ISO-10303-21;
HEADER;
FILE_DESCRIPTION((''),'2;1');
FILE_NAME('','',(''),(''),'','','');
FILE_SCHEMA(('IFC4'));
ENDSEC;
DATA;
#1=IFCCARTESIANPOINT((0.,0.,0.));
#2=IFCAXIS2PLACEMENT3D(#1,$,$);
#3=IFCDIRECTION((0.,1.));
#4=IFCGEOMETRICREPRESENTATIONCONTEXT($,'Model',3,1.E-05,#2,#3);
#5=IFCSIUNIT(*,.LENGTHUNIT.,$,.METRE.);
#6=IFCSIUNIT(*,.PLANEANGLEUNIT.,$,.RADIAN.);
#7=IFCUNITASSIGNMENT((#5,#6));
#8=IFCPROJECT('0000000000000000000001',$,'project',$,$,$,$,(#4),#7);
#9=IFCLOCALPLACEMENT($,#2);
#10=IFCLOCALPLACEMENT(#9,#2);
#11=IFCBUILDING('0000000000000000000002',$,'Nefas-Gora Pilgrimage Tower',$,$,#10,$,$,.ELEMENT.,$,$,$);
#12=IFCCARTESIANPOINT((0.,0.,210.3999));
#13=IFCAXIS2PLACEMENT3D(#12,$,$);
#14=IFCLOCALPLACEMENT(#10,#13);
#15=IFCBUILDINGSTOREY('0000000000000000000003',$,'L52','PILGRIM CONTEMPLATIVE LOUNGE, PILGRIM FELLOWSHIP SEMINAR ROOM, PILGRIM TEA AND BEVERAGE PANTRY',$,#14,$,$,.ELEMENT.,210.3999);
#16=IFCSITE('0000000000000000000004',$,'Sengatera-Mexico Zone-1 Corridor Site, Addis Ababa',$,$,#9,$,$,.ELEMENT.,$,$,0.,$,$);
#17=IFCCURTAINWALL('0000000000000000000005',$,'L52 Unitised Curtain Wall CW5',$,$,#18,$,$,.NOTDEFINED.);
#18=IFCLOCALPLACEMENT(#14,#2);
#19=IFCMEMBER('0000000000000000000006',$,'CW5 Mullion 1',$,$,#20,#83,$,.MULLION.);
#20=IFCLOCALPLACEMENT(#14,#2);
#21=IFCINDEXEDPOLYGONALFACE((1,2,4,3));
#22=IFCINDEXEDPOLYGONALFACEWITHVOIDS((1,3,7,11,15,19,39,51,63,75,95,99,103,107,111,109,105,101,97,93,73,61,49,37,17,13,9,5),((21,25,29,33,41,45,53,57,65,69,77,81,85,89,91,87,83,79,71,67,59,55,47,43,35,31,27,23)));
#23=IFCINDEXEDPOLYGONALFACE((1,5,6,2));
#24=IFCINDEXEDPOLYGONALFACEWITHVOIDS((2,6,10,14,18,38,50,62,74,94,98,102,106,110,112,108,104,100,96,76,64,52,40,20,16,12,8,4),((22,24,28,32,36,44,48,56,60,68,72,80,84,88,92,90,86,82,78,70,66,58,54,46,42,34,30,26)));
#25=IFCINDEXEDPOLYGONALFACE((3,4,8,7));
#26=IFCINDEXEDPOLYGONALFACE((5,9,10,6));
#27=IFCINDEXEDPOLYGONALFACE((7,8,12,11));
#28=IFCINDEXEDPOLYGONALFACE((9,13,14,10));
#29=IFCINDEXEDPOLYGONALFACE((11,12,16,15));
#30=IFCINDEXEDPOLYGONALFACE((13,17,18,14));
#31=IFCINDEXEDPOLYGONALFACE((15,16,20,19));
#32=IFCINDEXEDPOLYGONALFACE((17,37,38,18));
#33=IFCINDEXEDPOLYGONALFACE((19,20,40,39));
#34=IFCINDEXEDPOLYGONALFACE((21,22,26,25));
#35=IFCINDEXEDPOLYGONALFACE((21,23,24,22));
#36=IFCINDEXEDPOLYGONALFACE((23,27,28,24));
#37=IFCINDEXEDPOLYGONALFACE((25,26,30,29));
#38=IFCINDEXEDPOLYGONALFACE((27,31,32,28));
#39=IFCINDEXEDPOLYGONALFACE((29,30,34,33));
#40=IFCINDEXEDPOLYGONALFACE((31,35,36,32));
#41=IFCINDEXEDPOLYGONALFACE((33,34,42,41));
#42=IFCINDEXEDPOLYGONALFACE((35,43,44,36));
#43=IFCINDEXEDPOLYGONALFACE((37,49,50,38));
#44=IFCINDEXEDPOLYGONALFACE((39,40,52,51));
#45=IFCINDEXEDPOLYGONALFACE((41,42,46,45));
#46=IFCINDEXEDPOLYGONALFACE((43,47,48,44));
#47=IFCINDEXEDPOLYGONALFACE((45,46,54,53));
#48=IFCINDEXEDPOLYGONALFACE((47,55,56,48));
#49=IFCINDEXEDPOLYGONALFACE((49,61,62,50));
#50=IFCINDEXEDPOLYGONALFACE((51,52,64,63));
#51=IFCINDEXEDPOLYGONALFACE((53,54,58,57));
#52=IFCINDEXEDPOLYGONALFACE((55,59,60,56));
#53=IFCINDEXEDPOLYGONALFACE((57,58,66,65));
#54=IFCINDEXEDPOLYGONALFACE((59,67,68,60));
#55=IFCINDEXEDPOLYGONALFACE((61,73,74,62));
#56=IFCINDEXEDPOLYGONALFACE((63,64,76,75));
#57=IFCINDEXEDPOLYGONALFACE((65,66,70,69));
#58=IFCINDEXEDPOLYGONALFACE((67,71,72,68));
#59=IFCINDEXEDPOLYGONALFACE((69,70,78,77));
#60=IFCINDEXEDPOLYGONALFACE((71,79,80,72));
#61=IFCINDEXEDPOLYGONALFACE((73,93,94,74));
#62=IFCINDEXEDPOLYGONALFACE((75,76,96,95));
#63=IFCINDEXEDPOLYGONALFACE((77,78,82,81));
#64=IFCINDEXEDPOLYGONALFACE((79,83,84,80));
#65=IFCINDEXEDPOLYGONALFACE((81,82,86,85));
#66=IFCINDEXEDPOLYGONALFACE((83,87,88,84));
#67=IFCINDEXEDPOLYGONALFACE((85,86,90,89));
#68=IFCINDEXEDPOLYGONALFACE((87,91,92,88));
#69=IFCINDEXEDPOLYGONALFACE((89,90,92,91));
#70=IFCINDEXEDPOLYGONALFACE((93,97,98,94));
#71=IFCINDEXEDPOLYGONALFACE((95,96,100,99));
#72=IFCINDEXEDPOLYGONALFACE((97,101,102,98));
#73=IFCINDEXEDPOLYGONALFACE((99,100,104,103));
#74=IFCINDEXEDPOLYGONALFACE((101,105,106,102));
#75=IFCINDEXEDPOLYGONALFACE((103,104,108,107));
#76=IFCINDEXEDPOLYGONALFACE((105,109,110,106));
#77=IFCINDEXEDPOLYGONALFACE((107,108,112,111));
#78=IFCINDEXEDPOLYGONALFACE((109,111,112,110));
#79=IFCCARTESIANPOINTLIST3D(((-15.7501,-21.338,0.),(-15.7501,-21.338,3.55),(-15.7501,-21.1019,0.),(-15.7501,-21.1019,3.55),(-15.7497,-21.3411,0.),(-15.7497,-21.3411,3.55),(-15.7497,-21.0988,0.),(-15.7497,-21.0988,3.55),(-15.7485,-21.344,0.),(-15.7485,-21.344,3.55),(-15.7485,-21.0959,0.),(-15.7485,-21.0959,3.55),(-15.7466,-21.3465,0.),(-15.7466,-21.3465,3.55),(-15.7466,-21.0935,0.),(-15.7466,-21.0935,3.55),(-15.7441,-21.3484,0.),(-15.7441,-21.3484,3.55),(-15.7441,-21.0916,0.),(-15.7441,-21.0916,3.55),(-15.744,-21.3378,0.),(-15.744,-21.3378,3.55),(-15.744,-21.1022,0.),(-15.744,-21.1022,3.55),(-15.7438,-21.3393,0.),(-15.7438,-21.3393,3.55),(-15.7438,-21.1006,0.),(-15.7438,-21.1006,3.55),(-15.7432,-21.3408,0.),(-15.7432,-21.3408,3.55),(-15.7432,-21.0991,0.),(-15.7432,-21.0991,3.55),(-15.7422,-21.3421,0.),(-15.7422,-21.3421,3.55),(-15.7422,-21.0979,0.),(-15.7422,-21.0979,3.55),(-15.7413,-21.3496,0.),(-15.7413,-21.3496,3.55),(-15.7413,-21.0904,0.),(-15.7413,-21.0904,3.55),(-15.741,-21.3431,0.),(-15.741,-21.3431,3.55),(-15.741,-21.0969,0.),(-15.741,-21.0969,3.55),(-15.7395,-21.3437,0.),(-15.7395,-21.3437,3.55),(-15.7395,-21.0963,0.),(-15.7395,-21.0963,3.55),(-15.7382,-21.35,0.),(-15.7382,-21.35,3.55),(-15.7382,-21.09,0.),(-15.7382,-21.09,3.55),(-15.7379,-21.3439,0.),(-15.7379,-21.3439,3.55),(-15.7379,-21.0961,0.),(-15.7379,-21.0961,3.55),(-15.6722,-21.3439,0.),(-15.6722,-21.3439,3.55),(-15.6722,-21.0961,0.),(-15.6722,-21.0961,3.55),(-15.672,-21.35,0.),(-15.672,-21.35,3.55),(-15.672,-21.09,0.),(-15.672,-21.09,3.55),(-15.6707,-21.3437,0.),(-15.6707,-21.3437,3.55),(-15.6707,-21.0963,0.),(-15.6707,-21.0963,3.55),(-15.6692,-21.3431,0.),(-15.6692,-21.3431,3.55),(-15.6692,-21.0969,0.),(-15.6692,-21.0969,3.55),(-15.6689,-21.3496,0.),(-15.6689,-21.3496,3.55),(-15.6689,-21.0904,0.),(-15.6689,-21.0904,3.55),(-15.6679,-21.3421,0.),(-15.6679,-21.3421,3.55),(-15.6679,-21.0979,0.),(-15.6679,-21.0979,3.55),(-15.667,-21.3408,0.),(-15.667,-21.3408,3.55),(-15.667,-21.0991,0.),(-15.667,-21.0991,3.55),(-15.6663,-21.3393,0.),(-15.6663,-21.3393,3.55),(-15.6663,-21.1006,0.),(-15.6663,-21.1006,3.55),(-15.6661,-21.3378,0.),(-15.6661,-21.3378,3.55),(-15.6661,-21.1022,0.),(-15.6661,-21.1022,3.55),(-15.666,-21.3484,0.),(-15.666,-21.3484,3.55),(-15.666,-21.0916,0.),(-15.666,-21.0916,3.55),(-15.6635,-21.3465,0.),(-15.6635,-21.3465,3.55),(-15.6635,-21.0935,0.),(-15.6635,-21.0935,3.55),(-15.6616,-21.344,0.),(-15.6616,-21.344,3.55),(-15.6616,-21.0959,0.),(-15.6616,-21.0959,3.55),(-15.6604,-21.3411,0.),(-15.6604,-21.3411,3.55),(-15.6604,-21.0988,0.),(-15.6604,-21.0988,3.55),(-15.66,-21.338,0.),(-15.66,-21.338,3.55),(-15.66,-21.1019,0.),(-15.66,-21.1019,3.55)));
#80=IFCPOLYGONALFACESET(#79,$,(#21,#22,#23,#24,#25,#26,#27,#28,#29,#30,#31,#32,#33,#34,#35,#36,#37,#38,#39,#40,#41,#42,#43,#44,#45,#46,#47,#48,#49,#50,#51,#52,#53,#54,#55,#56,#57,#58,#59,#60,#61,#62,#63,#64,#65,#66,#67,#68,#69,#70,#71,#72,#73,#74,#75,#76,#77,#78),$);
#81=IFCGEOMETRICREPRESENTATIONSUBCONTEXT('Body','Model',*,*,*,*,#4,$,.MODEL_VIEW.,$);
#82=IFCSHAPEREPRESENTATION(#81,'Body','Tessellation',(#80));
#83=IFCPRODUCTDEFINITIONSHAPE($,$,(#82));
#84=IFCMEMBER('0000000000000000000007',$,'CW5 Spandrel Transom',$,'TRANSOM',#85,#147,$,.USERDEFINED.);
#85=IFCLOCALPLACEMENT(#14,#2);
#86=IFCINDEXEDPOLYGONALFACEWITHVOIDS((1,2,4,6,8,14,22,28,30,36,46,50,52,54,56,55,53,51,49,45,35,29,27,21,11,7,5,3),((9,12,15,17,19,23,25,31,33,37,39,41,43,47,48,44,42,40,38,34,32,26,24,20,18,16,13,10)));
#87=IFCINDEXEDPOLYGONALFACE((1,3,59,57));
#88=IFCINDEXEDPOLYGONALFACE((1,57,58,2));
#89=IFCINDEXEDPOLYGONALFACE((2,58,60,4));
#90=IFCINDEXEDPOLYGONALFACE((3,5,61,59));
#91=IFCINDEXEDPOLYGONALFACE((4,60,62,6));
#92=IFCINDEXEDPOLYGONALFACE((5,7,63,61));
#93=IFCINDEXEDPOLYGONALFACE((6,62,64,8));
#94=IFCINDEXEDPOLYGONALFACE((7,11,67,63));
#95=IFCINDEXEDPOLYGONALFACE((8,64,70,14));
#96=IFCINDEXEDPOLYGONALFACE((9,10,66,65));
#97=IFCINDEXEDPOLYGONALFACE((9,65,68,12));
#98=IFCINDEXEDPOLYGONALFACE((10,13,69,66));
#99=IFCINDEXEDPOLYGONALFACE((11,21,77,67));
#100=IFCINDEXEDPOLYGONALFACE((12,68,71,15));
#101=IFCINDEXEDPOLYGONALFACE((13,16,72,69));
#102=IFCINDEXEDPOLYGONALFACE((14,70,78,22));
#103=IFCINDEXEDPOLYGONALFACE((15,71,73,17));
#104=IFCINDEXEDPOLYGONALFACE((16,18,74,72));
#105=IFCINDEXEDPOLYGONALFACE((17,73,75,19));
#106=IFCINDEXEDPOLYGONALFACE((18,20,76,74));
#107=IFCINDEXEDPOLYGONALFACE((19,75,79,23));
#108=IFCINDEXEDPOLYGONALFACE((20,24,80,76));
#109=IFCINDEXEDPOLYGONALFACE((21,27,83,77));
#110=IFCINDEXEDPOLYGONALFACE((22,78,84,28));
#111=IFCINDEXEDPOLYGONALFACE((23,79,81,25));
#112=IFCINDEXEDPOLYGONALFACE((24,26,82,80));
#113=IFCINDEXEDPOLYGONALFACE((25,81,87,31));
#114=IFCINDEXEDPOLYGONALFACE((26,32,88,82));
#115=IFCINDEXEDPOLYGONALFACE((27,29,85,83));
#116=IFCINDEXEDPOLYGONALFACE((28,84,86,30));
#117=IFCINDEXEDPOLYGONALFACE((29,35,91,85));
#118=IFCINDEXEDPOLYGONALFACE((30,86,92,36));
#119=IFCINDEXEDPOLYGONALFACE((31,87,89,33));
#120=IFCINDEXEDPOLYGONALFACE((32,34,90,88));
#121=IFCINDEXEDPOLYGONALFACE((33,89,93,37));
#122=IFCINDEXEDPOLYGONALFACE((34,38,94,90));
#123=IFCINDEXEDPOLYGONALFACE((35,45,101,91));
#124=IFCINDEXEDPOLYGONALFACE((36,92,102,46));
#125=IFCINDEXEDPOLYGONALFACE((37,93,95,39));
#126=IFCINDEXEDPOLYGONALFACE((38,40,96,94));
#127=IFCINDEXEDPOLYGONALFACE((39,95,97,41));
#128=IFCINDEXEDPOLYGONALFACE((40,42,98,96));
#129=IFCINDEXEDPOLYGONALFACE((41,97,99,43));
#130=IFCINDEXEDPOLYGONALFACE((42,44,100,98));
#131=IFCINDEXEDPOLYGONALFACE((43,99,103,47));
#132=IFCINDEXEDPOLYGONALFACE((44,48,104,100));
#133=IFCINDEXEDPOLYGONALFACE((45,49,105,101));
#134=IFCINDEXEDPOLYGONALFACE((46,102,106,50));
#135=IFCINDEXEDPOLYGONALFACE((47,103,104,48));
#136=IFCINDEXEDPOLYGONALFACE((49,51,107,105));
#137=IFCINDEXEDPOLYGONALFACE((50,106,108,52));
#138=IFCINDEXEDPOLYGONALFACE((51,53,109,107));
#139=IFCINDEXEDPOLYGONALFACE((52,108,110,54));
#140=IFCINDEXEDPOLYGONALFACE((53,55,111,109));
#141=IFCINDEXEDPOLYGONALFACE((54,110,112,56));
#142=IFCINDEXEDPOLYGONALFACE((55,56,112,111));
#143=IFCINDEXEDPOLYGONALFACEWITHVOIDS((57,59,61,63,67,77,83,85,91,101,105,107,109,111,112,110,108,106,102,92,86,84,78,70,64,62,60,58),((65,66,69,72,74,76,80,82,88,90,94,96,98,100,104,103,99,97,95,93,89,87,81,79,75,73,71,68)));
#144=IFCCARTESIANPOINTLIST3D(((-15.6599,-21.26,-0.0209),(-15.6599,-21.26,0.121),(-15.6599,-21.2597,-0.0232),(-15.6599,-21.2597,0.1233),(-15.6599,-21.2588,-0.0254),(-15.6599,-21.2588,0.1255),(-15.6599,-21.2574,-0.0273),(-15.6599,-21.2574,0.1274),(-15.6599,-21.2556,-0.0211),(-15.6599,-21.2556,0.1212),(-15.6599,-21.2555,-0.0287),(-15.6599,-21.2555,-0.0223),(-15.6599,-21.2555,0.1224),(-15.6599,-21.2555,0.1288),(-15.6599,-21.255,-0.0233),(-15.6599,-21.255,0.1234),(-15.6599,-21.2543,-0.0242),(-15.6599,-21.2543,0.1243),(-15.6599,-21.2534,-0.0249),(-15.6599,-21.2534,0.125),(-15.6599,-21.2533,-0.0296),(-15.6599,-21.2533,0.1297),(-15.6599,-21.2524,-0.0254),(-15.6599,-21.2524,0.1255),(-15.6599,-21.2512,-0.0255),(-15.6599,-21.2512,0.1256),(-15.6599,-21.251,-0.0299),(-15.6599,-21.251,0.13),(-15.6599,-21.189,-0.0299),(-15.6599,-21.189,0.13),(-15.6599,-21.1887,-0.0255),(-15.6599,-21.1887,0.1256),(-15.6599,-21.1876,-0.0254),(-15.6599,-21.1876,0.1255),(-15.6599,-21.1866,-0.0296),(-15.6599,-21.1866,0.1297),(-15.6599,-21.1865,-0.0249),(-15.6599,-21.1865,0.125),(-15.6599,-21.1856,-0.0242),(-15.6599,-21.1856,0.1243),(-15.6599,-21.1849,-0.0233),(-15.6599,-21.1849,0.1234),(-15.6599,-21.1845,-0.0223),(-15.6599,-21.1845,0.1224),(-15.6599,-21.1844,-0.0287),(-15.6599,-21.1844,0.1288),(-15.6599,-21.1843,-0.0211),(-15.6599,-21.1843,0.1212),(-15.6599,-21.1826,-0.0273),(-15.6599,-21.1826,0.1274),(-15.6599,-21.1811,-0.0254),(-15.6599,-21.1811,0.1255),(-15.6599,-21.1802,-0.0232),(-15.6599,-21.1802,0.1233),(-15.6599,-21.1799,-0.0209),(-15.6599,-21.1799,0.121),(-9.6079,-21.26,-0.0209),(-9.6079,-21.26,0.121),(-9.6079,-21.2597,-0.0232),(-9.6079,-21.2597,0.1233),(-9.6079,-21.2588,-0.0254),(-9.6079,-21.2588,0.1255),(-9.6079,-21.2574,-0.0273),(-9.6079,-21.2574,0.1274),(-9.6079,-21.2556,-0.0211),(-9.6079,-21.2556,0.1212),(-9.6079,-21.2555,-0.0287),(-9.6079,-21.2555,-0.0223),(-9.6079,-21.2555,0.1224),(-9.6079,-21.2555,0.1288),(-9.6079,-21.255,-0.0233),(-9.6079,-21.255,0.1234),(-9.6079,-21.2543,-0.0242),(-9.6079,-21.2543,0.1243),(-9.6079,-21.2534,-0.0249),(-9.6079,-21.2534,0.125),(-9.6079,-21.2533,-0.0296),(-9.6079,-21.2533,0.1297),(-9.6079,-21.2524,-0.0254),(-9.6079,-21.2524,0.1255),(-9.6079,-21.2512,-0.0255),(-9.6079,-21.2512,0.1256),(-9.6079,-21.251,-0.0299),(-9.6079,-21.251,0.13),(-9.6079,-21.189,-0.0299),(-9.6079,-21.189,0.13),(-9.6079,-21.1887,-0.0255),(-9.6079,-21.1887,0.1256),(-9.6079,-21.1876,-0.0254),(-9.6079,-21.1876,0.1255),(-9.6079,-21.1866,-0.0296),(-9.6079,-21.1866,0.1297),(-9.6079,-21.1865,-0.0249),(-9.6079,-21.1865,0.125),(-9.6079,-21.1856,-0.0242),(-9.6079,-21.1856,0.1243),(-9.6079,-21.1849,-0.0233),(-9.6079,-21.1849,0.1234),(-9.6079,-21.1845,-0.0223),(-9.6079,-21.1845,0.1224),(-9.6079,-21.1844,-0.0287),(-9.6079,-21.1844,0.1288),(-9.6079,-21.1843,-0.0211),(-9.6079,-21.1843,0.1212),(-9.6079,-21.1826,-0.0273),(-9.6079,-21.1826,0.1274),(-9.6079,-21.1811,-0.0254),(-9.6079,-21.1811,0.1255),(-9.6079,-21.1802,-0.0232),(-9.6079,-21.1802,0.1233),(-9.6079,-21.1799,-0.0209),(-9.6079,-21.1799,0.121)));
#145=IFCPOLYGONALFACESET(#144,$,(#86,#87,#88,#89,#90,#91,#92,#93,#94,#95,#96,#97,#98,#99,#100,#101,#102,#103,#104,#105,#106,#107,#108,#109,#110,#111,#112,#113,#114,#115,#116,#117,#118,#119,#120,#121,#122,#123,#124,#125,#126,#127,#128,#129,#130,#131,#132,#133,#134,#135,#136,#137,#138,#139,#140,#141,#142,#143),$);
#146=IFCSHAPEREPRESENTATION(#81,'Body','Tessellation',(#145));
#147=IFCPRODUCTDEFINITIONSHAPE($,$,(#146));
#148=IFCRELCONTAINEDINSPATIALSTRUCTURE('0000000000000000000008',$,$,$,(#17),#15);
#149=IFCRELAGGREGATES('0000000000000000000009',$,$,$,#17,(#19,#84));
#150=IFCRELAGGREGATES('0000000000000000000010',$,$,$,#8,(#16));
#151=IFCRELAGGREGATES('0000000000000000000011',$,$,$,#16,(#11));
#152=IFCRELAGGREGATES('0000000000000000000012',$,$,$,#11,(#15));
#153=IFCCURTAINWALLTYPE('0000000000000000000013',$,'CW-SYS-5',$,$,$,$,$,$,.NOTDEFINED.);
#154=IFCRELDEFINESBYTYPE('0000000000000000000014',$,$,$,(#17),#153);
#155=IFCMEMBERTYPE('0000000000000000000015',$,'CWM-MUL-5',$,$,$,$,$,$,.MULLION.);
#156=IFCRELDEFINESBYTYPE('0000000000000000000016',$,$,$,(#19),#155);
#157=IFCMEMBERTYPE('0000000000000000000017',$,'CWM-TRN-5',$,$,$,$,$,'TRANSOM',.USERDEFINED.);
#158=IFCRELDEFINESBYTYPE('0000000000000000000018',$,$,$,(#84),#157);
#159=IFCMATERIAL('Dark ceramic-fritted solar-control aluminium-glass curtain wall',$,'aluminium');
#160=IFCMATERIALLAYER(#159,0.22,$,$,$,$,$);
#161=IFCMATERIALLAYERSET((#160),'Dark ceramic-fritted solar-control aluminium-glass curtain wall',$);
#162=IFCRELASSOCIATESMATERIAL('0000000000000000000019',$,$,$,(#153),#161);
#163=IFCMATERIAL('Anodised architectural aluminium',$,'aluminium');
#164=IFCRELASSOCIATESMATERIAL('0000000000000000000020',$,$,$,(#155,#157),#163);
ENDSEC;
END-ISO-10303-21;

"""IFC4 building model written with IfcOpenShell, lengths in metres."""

from ifc_helpers import new_model, si_unit, direction, frame, origin, origin_2d, place, context, subcontext, project, spatial, hollow_rectangle, extrude, source, transform, mapped, material, layer, layer_set, material_profile, profile_set, type_object, element, aggregate, save


model = new_model("IFC4")

# Units and contexts
model_context = context("Model", 3, precision=1e-05, world=origin(), true_north=direction((0.0, 1.0)))
body_context = subcontext(model_context, "Body", "Model", "MODEL_VIEW")
ifc_project = project(units=[si_unit("LENGTHUNIT", "METRE"), si_unit("PLANEANGLEUNIT", "RADIAN")], contexts=[model_context])

# Site, building, storey
site_placement = place(None, origin())
site = spatial("IfcSite", under=ifc_project, at=site_placement, Name="Sengatera-Mexico Zone-1 Corridor Site, Addis Ababa", CompositionType="ELEMENT", RefElevation=0.0)
building_placement = place(site_placement, origin())
building = spatial("IfcBuilding", under=site, at=building_placement, Name="Nefas-Gora Pilgrimage Tower", CompositionType="ELEMENT")
storey_placement = place(building_placement, frame((0.0, 0.0, 210.3999)))
storey = spatial("IfcBuildingStorey", under=building, at=storey_placement, Name="L52", Description="PILGRIM CONTEMPLATIVE LOUNGE, PILGRIM FELLOWSHIP SEMINAR ROOM, PILGRIM TEA AND BEVERAGE PANTRY", CompositionType="ELEMENT", Elevation=210.3999)

# Curtain wall, members
ifc_material_1 = material(Name="Dark ceramic-fritted solar-control aluminium-glass curtain wall", Category="aluminium")
ifc_layer_1 = layer(ifc_material_1, 0.22)
ifc_layer_set_1 = layer_set([ifc_layer_1], Name="Dark ceramic-fritted solar-control aluminium-glass curtain wall")
curtain_wall_type_1 = type_object("IfcCurtainWallType", Name="CW-SYS-5", PredefinedType="NOTDEFINED", material=ifc_layer_set_1)
curtain_wall_1_placement = place(storey_placement, origin())
curtain_wall_1 = element("IfcCurtainWall", 1, at=curtain_wall_1_placement, inside=storey, type_object=curtain_wall_type_1, Name="L52 Unitised Curtain Wall CW5", PredefinedType="NOTDEFINED")
ifc_material_2 = material(Name="Anodised architectural aluminium", Category="aluminium")
ifc_material_profile_1 = material_profile(ifc_material_2, hollow_rectangle(XDim=0.0901, YDim=0.26, WallThickness=0.0061, InnerFilletRadius=0.0061, OuterFilletRadius=0.012, at=origin_2d()), Name="ALU MULLION 90x260")
ifc_profile_set_1 = profile_set([ifc_material_profile_1], Name="Anodised architectural aluminium")
member_type_1 = type_object("IfcMemberType", Name="CWM-MUL-5", PredefinedType="MULLION", material=ifc_profile_set_1)
shared_shape_1 = source(origin(), body_context, "Body", "SweptSolid", [
    extrude(hollow_rectangle(XDim=0.0901, YDim=0.26, WallThickness=0.0061, InnerFilletRadius=0.0061, OuterFilletRadius=0.012, at=origin_2d()), origin(), (0.0, 0.0, 1.0), 3.55),
])
member_1_placement = place(storey_placement, frame((-15.7051, -21.22, 0.0), z_axis=(0.0, 0.0, 1.0), x_axis=(1.0, 0.0, 0.0)))
member_1 = element("IfcMember", 2, at=member_1_placement, type_object=member_type_1, Name="CW5 Mullion 1", PredefinedType="MULLION", context=body_context, shape_type="MappedRepresentation", body=[
    mapped(shared_shape_1, transform((0.0, 0.0, 0.0), x_axis=(1.0, 0.0, 0.0), y_axis=(0.0, 1.0, 0.0), z_axis=(0.0, 0.0, 1.0), scale=1.0)),
])
ifc_material_profile_2 = material_profile(ifc_material_2, hollow_rectangle(XDim=0.0801, YDim=0.1599, WallThickness=0.0044, InnerFilletRadius=0.0044, OuterFilletRadius=0.009, at=origin_2d()), Name="ALU TRANSOM 80x160")
ifc_profile_set_2 = profile_set([ifc_material_profile_2], Name="Anodised architectural aluminium")
member_type_2 = type_object("IfcMemberType", Name="CWM-TRN-5", ElementType="TRANSOM", PredefinedType="USERDEFINED", material=ifc_profile_set_2)
shared_shape_2 = source(origin(), body_context, "Body", "SweptSolid", [
    extrude(hollow_rectangle(XDim=0.0801, YDim=0.1599, WallThickness=0.0044, InnerFilletRadius=0.0044, OuterFilletRadius=0.009, at=origin_2d()), origin(), (0.0, 0.0, 1.0), 6.052),
])
member_2_placement = place(storey_placement, frame((-15.6599, -21.22, 0.05), z_axis=(1.0, 0.0, 0.0), x_axis=(0.0, 1.0, 0.0)))
member_2 = element("IfcMember", 3, at=member_2_placement, type_object=member_type_2, Name="CW5 Spandrel Transom", ObjectType="TRANSOM", PredefinedType="USERDEFINED", context=body_context, shape_type="MappedRepresentation", body=[
    mapped(shared_shape_2, transform((0.0, 0.0, 0.0), x_axis=(1.0, 0.0, 0.0), y_axis=(0.0, 1.0, 0.0), z_axis=(0.0, 0.0, 1.0), scale=1.0)),
])

aggregate(curtain_wall_1, [member_1, member_2])

save(model, "model.ifc")
